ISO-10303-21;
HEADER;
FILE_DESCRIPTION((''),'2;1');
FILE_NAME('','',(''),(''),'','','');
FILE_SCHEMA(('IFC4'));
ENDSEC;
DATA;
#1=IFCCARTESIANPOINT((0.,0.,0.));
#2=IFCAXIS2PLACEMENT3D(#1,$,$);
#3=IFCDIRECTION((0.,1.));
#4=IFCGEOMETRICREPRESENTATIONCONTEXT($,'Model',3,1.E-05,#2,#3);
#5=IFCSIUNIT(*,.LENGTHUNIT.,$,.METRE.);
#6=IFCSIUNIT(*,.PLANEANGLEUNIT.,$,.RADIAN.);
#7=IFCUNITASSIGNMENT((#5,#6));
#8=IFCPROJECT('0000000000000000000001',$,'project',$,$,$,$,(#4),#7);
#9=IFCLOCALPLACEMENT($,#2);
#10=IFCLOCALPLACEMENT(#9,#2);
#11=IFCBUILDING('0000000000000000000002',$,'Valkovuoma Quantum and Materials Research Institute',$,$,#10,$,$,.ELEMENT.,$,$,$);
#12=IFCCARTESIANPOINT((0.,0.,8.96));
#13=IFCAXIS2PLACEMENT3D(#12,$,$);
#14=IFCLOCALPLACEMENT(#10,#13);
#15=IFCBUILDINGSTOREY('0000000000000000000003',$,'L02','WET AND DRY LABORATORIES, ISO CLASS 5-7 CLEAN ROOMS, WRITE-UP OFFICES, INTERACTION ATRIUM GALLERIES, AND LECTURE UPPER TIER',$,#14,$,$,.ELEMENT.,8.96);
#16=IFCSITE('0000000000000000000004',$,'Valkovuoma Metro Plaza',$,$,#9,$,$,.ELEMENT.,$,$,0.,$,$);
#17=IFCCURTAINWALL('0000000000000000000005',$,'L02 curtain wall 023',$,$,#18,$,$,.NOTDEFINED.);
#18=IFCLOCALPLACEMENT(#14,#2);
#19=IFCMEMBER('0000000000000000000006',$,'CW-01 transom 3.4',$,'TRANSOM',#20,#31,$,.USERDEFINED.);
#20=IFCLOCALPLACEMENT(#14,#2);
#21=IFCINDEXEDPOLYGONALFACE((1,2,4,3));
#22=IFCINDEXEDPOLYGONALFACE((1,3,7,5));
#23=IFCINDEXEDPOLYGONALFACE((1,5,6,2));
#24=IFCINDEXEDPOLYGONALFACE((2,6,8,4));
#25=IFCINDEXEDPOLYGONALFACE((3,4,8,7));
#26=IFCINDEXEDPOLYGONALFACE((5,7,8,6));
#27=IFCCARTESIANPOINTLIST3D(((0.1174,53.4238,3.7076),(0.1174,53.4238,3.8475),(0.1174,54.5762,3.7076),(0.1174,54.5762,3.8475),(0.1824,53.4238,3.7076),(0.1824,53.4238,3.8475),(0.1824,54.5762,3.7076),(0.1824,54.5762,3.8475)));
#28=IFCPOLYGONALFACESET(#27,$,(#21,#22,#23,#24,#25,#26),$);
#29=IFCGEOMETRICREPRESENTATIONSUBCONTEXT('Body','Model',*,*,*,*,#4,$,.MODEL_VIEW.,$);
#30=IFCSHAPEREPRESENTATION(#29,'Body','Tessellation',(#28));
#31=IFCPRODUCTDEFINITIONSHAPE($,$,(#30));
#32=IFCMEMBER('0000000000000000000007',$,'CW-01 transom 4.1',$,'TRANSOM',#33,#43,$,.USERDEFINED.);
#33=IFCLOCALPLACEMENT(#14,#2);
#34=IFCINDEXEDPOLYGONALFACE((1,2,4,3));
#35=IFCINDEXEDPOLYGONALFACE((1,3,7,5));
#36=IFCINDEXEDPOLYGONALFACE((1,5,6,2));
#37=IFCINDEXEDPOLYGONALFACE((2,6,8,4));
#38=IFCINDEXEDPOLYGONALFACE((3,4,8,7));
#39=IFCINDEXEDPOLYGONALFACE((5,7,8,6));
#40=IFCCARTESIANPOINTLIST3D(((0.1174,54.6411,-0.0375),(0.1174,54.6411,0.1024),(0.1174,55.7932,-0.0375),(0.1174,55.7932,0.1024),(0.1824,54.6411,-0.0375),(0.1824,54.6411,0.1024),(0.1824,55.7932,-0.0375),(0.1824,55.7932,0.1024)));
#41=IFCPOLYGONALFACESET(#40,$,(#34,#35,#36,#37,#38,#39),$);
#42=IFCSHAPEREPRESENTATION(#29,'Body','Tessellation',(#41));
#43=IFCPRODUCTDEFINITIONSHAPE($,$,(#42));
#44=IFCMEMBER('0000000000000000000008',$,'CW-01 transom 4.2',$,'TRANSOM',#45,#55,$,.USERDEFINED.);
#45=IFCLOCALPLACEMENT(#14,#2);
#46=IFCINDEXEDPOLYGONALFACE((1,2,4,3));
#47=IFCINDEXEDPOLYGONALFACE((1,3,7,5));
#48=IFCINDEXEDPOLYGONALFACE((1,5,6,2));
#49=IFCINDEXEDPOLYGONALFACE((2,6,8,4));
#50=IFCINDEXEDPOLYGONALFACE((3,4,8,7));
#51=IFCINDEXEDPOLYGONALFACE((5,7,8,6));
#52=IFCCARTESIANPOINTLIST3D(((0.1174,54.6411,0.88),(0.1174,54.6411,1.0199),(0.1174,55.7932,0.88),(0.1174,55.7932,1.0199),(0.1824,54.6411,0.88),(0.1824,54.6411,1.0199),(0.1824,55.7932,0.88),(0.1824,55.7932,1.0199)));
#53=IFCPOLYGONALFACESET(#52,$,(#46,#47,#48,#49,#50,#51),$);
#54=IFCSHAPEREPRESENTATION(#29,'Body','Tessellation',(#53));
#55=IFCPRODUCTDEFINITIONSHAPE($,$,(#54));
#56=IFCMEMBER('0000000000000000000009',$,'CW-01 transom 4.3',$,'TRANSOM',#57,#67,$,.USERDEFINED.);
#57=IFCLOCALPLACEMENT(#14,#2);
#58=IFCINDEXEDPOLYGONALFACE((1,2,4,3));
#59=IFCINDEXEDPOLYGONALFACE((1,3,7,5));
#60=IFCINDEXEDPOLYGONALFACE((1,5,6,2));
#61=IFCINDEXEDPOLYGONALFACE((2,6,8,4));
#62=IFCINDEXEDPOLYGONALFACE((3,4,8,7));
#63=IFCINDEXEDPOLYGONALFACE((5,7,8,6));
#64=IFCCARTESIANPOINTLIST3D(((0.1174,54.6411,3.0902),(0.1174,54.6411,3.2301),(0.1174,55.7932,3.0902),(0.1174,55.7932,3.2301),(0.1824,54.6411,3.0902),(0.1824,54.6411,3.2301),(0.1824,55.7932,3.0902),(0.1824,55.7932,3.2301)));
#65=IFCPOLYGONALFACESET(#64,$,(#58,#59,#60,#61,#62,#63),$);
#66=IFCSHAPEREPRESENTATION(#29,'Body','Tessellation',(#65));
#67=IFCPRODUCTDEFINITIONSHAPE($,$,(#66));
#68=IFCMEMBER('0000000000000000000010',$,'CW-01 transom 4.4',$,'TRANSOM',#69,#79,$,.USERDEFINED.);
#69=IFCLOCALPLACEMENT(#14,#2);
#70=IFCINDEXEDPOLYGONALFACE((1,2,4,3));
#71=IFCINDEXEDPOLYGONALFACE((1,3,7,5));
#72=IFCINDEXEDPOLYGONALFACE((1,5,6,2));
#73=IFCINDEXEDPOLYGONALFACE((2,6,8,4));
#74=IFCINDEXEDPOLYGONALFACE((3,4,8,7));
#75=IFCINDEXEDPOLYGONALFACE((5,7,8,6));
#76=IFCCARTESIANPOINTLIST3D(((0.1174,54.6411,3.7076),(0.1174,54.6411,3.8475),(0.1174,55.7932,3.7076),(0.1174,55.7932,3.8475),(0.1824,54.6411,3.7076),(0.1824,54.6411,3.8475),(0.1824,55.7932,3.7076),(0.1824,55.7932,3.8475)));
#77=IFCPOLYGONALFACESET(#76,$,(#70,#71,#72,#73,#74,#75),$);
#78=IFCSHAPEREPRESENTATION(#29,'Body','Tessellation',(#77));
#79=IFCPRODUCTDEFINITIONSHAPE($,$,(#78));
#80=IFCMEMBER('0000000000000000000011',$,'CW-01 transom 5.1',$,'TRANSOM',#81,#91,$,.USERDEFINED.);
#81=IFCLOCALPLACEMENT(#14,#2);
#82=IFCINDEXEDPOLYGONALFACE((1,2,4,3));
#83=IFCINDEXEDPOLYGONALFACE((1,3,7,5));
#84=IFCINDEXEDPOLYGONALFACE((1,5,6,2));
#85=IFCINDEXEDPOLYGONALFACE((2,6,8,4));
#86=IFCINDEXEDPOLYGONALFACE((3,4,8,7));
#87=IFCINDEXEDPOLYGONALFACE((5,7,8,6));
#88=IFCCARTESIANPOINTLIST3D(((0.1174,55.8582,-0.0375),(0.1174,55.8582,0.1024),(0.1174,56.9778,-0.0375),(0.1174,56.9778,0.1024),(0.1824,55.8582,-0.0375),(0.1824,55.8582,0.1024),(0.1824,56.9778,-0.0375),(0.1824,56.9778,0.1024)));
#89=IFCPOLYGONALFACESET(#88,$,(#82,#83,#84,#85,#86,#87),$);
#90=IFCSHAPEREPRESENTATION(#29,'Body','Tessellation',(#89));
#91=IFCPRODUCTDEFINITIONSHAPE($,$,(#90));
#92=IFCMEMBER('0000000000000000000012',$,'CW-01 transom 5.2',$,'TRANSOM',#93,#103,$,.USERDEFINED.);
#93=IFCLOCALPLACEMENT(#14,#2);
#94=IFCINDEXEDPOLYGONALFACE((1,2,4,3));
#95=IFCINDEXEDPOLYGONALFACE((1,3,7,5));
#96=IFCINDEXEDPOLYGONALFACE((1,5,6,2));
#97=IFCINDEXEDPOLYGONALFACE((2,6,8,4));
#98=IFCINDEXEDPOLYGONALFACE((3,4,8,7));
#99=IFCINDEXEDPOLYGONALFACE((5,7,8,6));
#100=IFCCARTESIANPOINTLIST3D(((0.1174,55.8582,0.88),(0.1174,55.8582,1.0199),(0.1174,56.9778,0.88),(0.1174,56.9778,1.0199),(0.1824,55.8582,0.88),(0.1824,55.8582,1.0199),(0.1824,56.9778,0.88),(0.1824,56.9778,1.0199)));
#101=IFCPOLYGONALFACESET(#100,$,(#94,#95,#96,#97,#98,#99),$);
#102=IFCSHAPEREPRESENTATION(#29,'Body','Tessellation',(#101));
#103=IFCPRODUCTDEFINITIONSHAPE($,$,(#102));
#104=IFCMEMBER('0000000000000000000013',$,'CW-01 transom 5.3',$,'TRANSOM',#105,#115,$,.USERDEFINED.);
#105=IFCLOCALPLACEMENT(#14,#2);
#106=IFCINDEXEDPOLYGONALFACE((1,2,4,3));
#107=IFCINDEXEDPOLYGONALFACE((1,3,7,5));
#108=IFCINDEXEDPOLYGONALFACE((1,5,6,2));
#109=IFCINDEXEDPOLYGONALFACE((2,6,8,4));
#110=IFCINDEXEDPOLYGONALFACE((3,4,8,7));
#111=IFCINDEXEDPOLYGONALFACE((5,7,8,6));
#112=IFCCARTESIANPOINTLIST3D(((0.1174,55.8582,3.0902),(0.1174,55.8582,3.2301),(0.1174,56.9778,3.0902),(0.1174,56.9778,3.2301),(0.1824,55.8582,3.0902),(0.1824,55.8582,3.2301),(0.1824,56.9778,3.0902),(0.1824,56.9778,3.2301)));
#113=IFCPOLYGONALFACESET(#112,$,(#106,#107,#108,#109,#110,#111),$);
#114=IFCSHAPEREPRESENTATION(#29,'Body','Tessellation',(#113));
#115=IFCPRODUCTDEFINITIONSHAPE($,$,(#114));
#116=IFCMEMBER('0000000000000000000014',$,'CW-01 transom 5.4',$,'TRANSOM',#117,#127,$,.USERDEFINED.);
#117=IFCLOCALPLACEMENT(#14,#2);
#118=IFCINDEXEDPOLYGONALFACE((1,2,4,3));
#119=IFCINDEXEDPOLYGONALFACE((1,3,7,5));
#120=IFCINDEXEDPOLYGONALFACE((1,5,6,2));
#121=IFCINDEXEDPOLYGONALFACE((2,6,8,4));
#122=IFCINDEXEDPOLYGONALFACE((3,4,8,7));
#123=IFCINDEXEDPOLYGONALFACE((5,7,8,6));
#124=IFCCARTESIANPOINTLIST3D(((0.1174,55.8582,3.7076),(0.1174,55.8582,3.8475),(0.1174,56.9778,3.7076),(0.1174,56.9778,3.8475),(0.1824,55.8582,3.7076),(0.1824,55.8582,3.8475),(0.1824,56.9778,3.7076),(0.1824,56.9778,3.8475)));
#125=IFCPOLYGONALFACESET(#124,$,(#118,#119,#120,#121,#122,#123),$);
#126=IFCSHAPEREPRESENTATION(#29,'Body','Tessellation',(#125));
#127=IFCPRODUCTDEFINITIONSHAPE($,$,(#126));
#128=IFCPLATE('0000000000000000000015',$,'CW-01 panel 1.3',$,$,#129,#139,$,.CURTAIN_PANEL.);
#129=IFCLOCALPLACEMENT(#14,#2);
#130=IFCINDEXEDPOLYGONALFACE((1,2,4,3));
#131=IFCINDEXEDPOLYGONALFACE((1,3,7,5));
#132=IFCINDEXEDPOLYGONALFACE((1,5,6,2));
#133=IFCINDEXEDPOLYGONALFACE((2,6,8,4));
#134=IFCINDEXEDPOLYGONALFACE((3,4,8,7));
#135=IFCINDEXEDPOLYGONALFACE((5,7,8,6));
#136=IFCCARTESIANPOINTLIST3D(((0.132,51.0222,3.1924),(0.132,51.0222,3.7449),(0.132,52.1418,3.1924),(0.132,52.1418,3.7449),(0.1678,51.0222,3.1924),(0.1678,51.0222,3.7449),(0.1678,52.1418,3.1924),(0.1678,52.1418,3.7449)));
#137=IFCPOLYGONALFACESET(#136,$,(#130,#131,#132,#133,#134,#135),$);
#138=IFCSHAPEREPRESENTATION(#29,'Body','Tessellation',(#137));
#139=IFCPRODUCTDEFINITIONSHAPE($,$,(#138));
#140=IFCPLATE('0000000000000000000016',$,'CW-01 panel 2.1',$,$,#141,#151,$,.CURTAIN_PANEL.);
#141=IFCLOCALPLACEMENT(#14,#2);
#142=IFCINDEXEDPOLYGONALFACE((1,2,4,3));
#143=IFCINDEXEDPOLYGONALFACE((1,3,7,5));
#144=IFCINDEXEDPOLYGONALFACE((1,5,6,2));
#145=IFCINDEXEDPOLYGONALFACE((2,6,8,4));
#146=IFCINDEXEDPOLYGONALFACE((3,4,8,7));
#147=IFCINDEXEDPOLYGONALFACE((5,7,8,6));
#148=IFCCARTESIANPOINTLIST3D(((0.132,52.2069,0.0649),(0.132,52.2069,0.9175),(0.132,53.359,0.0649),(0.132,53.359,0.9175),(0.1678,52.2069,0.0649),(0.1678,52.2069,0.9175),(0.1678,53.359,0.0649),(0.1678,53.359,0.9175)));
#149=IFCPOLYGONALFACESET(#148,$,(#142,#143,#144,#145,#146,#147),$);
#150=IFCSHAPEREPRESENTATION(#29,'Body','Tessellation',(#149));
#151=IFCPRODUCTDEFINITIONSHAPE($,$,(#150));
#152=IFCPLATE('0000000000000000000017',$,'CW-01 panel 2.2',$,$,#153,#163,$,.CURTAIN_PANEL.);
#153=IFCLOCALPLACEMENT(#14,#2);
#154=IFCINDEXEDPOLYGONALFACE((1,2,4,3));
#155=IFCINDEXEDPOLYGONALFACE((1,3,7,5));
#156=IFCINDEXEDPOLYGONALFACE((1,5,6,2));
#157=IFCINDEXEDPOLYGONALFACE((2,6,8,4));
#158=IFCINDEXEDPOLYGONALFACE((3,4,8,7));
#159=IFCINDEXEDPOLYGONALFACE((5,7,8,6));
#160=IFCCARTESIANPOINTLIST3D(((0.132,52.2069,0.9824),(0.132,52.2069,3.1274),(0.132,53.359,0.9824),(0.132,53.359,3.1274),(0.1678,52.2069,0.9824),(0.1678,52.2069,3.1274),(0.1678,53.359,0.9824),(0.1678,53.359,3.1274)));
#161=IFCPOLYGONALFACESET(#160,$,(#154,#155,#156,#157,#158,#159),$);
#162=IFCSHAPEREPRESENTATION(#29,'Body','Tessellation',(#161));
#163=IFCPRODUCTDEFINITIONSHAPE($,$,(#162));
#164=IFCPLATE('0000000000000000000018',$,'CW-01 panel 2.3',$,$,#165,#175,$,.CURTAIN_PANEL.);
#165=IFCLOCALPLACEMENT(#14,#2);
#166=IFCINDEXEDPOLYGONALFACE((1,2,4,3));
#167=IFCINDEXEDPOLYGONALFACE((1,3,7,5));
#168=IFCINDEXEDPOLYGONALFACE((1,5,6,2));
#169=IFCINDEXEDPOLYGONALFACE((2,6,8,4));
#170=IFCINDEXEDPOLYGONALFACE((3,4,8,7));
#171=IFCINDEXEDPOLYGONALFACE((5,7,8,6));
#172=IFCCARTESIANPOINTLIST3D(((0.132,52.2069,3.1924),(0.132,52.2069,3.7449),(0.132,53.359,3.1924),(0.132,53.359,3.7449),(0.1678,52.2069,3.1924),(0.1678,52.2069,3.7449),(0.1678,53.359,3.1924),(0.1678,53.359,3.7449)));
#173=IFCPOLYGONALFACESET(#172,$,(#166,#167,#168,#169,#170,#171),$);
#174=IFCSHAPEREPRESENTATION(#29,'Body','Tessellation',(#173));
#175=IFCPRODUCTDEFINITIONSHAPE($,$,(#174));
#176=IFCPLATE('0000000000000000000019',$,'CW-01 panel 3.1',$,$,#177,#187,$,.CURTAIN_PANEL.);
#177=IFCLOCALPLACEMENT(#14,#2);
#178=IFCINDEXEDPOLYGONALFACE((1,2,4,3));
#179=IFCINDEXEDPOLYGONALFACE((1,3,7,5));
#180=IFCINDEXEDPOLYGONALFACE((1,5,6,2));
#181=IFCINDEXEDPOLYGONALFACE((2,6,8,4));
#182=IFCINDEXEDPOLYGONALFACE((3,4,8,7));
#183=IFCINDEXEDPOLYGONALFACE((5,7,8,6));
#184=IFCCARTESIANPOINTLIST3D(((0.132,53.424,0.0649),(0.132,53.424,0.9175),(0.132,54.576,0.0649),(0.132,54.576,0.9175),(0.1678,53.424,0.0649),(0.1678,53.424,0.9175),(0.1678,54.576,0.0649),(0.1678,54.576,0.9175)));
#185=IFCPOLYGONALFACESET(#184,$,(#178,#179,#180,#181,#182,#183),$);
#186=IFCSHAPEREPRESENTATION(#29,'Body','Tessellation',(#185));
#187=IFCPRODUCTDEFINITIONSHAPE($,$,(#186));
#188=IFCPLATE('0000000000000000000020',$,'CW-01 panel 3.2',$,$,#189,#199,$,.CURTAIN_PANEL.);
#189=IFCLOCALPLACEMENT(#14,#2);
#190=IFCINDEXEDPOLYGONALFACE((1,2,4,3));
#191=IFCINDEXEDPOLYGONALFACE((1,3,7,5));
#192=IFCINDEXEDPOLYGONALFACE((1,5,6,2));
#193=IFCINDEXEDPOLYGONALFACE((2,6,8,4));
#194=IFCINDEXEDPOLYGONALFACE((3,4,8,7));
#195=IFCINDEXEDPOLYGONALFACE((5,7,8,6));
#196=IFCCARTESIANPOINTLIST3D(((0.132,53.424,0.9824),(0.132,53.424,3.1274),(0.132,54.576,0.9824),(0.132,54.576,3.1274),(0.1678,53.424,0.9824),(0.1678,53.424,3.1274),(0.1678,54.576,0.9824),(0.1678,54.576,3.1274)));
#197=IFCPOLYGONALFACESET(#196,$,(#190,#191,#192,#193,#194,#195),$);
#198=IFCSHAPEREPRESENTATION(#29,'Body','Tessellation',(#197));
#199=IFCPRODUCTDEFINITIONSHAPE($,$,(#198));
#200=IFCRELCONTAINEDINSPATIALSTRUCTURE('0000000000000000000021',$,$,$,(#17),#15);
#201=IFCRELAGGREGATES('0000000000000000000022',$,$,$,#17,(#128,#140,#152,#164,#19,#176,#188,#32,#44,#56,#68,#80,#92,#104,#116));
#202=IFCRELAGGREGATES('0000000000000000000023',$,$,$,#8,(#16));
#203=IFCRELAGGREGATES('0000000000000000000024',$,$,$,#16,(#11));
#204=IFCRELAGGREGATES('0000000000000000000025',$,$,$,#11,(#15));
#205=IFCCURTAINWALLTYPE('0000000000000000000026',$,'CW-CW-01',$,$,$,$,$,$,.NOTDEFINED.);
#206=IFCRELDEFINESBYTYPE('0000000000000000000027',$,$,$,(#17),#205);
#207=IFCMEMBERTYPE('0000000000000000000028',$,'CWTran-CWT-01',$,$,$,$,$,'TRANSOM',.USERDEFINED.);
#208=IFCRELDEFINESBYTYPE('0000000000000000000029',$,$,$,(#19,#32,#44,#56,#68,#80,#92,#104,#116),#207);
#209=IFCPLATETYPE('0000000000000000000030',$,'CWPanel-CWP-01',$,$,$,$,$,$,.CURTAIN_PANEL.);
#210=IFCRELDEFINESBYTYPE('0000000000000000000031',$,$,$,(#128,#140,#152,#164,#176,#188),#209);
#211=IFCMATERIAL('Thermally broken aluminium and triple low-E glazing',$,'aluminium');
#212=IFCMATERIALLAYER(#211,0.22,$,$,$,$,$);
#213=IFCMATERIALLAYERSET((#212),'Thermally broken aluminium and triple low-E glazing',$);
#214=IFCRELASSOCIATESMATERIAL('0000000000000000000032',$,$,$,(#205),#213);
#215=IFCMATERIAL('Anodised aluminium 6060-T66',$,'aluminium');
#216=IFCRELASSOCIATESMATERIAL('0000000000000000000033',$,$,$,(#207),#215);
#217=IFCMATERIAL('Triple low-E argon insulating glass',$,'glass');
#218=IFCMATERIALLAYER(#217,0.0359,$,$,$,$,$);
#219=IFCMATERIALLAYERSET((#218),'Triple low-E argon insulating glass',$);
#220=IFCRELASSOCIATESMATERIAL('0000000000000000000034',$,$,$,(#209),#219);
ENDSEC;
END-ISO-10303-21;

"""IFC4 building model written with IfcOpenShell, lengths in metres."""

from ifc_helpers import new_model, si_unit, direction, frame, origin, origin_2d, place, context, subcontext, project, spatial, rectangle, extrude, material, layer, layer_set, material_profile, profile_set, type_object, element, aggregate, save


model = new_model("IFC4")

# Units and contexts
model_context = context("Model", 3, precision=1e-05, world=origin(), true_north=direction((0.0, 1.0)))
body_context = subcontext(model_context, "Body", "Model", "MODEL_VIEW")
ifc_project = project(units=[si_unit("LENGTHUNIT", "METRE"), si_unit("PLANEANGLEUNIT", "RADIAN")], contexts=[model_context])

# Site, building, storey
site_placement = place(None, origin())
site = spatial("IfcSite", under=ifc_project, at=site_placement, Name="Valkovuoma Metro Plaza", CompositionType="ELEMENT", RefElevation=0.0)
building_placement = place(site_placement, origin())
building = spatial("IfcBuilding", under=site, at=building_placement, Name="Valkovuoma Quantum and Materials Research Institute", CompositionType="ELEMENT")
storey_placement = place(building_placement, frame((0.0, 0.0, 8.96)))
storey = spatial("IfcBuildingStorey", under=building, at=storey_placement, Name="L02", Description="WET AND DRY LABORATORIES, ISO CLASS 5-7 CLEAN ROOMS, WRITE-UP OFFICES, INTERACTION ATRIUM GALLERIES, AND LECTURE UPPER TIER", CompositionType="ELEMENT", Elevation=8.96)

# Curtain wall, members, plates
ifc_material_1 = material(Name="Thermally broken aluminium and triple low-E glazing", Category="aluminium")
ifc_layer_1 = layer(ifc_material_1, 0.22)
ifc_layer_set_1 = layer_set([ifc_layer_1], Name="Thermally broken aluminium and triple low-E glazing")
curtain_wall_type = type_object("IfcCurtainWallType", Name="CW-CW-01", PredefinedType="NOTDEFINED", material=ifc_layer_set_1)
curtain_wall_placement = place(storey_placement, origin())
curtain_wall = element("IfcCurtainWall", 1, at=curtain_wall_placement, inside=storey, type_object=curtain_wall_type, Name="L02 curtain wall 023", PredefinedType="NOTDEFINED")
ifc_material_2 = material(Name="Anodised aluminium 6060-T66", Category="aluminium")
ifc_material_profile_1 = material_profile(ifc_material_2, rectangle(XDim=0.0649, YDim=0.1399, at=origin_2d()), Name="Anodised aluminium 6060-T66")
ifc_profile_set_1 = profile_set([ifc_material_profile_1], Name="Anodised aluminium 6060-T66")
member_type_1 = type_object("IfcMemberType", Name="CWTran-CWT-01", ElementType="TRANSOM", PredefinedType="USERDEFINED", material=ifc_profile_set_1)
member_1_placement = place(storey_placement, frame((0.1499, 53.4238, 3.7776), z_axis=(0.0, 1.0, 0.0), x_axis=(-1.0, 0.0, 0.0)))
member_1 = element("IfcMember", 2, at=member_1_placement, type_object=member_type_1, Name="CW-01 transom 3.4", ObjectType="TRANSOM", PredefinedType="USERDEFINED", context=body_context, shape_type="SweptSolid", body=[
    extrude(rectangle(XDim=0.0649, YDim=0.1399, at=origin_2d()), origin(), (0.0, 0.0, 1.0), 1.1523),
])
member_2_placement = place(storey_placement, frame((0.1499, 54.6411, 0.0325), z_axis=(0.0, 1.0, 0.0), x_axis=(-1.0, 0.0, 0.0)))
member_2 = element("IfcMember", 3, at=member_2_placement, type_object=member_type_1, Name="CW-01 transom 4.1", ObjectType="TRANSOM", PredefinedType="USERDEFINED", context=body_context, shape_type="SweptSolid", body=[
    extrude(rectangle(XDim=0.0649, YDim=0.1399, at=origin_2d()), origin(), (0.0, 0.0, 1.0), 1.1521),
])
member_3_placement = place(storey_placement, frame((0.1499, 54.6411, 0.95), z_axis=(0.0, 1.0, 0.0), x_axis=(-1.0, 0.0, 0.0)))
member_3 = element("IfcMember", 4, at=member_3_placement, type_object=member_type_1, Name="CW-01 transom 4.2", ObjectType="TRANSOM", PredefinedType="USERDEFINED", context=body_context, shape_type="SweptSolid", body=[
    extrude(rectangle(XDim=0.0649, YDim=0.1399, at=origin_2d()), origin(), (0.0, 0.0, 1.0), 1.1521),
])
member_4_placement = place(storey_placement, frame((0.1499, 54.6411, 3.1602), z_axis=(0.0, 1.0, 0.0), x_axis=(-1.0, 0.0, 0.0)))
member_4 = element("IfcMember", 5, at=member_4_placement, type_object=member_type_1, Name="CW-01 transom 4.3", ObjectType="TRANSOM", PredefinedType="USERDEFINED", context=body_context, shape_type="SweptSolid", body=[
    extrude(rectangle(XDim=0.0649, YDim=0.1399, at=origin_2d()), origin(), (0.0, 0.0, 1.0), 1.1521),
])
member_5_placement = place(storey_placement, frame((0.1499, 54.6411, 3.7776), z_axis=(0.0, 1.0, 0.0), x_axis=(-1.0, 0.0, 0.0)))
member_5 = element("IfcMember", 6, at=member_5_placement, type_object=member_type_1, Name="CW-01 transom 4.4", ObjectType="TRANSOM", PredefinedType="USERDEFINED", context=body_context, shape_type="SweptSolid", body=[
    extrude(rectangle(XDim=0.0649, YDim=0.1399, at=origin_2d()), origin(), (0.0, 0.0, 1.0), 1.1521),
])
member_6_placement = place(storey_placement, frame((0.1499, 55.8582, 0.0325), z_axis=(0.0, 1.0, 0.0), x_axis=(-1.0, 0.0, 0.0)))
member_6 = element("IfcMember", 7, at=member_6_placement, type_object=member_type_1, Name="CW-01 transom 5.1", ObjectType="TRANSOM", PredefinedType="USERDEFINED", context=body_context, shape_type="SweptSolid", body=[
    extrude(rectangle(XDim=0.0649, YDim=0.1399, at=origin_2d()), origin(), (0.0, 0.0, 1.0), 1.1196),
])
member_7_placement = place(storey_placement, frame((0.1499, 55.8582, 0.95), z_axis=(0.0, 1.0, 0.0), x_axis=(-1.0, 0.0, 0.0)))
member_7 = element("IfcMember", 8, at=member_7_placement, type_object=member_type_1, Name="CW-01 transom 5.2", ObjectType="TRANSOM", PredefinedType="USERDEFINED", context=body_context, shape_type="SweptSolid", body=[
    extrude(rectangle(XDim=0.0649, YDim=0.1399, at=origin_2d()), origin(), (0.0, 0.0, 1.0), 1.1196),
])
member_8_placement = place(storey_placement, frame((0.1499, 55.8582, 3.1602), z_axis=(0.0, 1.0, 0.0), x_axis=(-1.0, 0.0, 0.0)))
member_8 = element("IfcMember", 9, at=member_8_placement, type_object=member_type_1, Name="CW-01 transom 5.3", ObjectType="TRANSOM", PredefinedType="USERDEFINED", context=body_context, shape_type="SweptSolid", body=[
    extrude(rectangle(XDim=0.0649, YDim=0.1399, at=origin_2d()), origin(), (0.0, 0.0, 1.0), 1.1196),
])
member_9_placement = place(storey_placement, frame((0.1499, 55.8582, 3.7776), z_axis=(0.0, 1.0, 0.0), x_axis=(-1.0, 0.0, 0.0)))
member_9 = element("IfcMember", 10, at=member_9_placement, type_object=member_type_1, Name="CW-01 transom 5.4", ObjectType="TRANSOM", PredefinedType="USERDEFINED", context=body_context, shape_type="SweptSolid", body=[
    extrude(rectangle(XDim=0.0649, YDim=0.1399, at=origin_2d()), origin(), (0.0, 0.0, 1.0), 1.1196),
])
ifc_material_3 = material(Name="Triple low-E argon insulating glass", Category="glass")
ifc_layer_2 = layer(ifc_material_3, 0.0359)
ifc_layer_set_2 = layer_set([ifc_layer_2], Name="Triple low-E argon insulating glass")
plate_type = type_object("IfcPlateType", Name="CWPanel-CWP-01", PredefinedType="CURTAIN_PANEL", material=ifc_layer_set_2)
plate_1_placement = place(storey_placement, frame((0.1499, 51.582, 3.1924), z_axis=(0.0, 0.0, 1.0), x_axis=(0.0, 1.0, 0.0)))
plate_1 = element("IfcPlate", 11, at=plate_1_placement, type_object=plate_type, Name="CW-01 panel 1.3", PredefinedType="CURTAIN_PANEL", context=body_context, shape_type="SweptSolid", body=[
    extrude(rectangle(XDim=1.1196, YDim=0.0359, at=origin_2d()), origin(), (0.0, 0.0, 1.0), 0.5525),
])
plate_2_placement = place(storey_placement, frame((0.1499, 52.783, 0.0649), z_axis=(0.0, 0.0, 1.0), x_axis=(0.0, 1.0, 0.0)))
plate_2 = element("IfcPlate", 12, at=plate_2_placement, type_object=plate_type, Name="CW-01 panel 2.1", PredefinedType="CURTAIN_PANEL", context=body_context, shape_type="SweptSolid", body=[
    extrude(rectangle(XDim=1.1521, YDim=0.0359, at=origin_2d()), origin(), (0.0, 0.0, 1.0), 0.8525),
])
plate_3_placement = place(storey_placement, frame((0.1499, 52.783, 0.9824), z_axis=(0.0, 0.0, 1.0), x_axis=(0.0, 1.0, 0.0)))
plate_3 = element("IfcPlate", 13, at=plate_3_placement, type_object=plate_type, Name="CW-01 panel 2.2", PredefinedType="CURTAIN_PANEL", context=body_context, shape_type="SweptSolid", body=[
    extrude(rectangle(XDim=1.1521, YDim=0.0359, at=origin_2d()), origin(), (0.0, 0.0, 1.0), 2.145),
])
plate_4_placement = place(storey_placement, frame((0.1499, 52.783, 3.1924), z_axis=(0.0, 0.0, 1.0), x_axis=(0.0, 1.0, 0.0)))
plate_4 = element("IfcPlate", 14, at=plate_4_placement, type_object=plate_type, Name="CW-01 panel 2.3", PredefinedType="CURTAIN_PANEL", context=body_context, shape_type="SweptSolid", body=[
    extrude(rectangle(XDim=1.1521, YDim=0.0359, at=origin_2d()), origin(), (0.0, 0.0, 1.0), 0.5525),
])
plate_5_placement = place(storey_placement, frame((0.1499, 54.0, 0.0649), z_axis=(0.0, 0.0, 1.0), x_axis=(0.0, 1.0, 0.0)))
plate_5 = element("IfcPlate", 15, at=plate_5_placement, type_object=plate_type, Name="CW-01 panel 3.1", PredefinedType="CURTAIN_PANEL", context=body_context, shape_type="SweptSolid", body=[
    extrude(rectangle(XDim=1.1521, YDim=0.0359, at=origin_2d()), origin(), (0.0, 0.0, 1.0), 0.8525),
])
plate_6_placement = place(storey_placement, frame((0.1499, 54.0, 0.9824), z_axis=(0.0, 0.0, 1.0), x_axis=(0.0, 1.0, 0.0)))
plate_6 = element("IfcPlate", 16, at=plate_6_placement, type_object=plate_type, Name="CW-01 panel 3.2", PredefinedType="CURTAIN_PANEL", context=body_context, shape_type="SweptSolid", body=[
    extrude(rectangle(XDim=1.1521, YDim=0.0359, at=origin_2d()), origin(), (0.0, 0.0, 1.0), 2.145),
])
aggregate(curtain_wall, [plate_1, plate_2, plate_3, plate_4, member_1, plate_5, plate_6, member_2, member_3, member_4, member_5, member_6, member_7, member_8, member_9])

save(model, "model.ifc")
